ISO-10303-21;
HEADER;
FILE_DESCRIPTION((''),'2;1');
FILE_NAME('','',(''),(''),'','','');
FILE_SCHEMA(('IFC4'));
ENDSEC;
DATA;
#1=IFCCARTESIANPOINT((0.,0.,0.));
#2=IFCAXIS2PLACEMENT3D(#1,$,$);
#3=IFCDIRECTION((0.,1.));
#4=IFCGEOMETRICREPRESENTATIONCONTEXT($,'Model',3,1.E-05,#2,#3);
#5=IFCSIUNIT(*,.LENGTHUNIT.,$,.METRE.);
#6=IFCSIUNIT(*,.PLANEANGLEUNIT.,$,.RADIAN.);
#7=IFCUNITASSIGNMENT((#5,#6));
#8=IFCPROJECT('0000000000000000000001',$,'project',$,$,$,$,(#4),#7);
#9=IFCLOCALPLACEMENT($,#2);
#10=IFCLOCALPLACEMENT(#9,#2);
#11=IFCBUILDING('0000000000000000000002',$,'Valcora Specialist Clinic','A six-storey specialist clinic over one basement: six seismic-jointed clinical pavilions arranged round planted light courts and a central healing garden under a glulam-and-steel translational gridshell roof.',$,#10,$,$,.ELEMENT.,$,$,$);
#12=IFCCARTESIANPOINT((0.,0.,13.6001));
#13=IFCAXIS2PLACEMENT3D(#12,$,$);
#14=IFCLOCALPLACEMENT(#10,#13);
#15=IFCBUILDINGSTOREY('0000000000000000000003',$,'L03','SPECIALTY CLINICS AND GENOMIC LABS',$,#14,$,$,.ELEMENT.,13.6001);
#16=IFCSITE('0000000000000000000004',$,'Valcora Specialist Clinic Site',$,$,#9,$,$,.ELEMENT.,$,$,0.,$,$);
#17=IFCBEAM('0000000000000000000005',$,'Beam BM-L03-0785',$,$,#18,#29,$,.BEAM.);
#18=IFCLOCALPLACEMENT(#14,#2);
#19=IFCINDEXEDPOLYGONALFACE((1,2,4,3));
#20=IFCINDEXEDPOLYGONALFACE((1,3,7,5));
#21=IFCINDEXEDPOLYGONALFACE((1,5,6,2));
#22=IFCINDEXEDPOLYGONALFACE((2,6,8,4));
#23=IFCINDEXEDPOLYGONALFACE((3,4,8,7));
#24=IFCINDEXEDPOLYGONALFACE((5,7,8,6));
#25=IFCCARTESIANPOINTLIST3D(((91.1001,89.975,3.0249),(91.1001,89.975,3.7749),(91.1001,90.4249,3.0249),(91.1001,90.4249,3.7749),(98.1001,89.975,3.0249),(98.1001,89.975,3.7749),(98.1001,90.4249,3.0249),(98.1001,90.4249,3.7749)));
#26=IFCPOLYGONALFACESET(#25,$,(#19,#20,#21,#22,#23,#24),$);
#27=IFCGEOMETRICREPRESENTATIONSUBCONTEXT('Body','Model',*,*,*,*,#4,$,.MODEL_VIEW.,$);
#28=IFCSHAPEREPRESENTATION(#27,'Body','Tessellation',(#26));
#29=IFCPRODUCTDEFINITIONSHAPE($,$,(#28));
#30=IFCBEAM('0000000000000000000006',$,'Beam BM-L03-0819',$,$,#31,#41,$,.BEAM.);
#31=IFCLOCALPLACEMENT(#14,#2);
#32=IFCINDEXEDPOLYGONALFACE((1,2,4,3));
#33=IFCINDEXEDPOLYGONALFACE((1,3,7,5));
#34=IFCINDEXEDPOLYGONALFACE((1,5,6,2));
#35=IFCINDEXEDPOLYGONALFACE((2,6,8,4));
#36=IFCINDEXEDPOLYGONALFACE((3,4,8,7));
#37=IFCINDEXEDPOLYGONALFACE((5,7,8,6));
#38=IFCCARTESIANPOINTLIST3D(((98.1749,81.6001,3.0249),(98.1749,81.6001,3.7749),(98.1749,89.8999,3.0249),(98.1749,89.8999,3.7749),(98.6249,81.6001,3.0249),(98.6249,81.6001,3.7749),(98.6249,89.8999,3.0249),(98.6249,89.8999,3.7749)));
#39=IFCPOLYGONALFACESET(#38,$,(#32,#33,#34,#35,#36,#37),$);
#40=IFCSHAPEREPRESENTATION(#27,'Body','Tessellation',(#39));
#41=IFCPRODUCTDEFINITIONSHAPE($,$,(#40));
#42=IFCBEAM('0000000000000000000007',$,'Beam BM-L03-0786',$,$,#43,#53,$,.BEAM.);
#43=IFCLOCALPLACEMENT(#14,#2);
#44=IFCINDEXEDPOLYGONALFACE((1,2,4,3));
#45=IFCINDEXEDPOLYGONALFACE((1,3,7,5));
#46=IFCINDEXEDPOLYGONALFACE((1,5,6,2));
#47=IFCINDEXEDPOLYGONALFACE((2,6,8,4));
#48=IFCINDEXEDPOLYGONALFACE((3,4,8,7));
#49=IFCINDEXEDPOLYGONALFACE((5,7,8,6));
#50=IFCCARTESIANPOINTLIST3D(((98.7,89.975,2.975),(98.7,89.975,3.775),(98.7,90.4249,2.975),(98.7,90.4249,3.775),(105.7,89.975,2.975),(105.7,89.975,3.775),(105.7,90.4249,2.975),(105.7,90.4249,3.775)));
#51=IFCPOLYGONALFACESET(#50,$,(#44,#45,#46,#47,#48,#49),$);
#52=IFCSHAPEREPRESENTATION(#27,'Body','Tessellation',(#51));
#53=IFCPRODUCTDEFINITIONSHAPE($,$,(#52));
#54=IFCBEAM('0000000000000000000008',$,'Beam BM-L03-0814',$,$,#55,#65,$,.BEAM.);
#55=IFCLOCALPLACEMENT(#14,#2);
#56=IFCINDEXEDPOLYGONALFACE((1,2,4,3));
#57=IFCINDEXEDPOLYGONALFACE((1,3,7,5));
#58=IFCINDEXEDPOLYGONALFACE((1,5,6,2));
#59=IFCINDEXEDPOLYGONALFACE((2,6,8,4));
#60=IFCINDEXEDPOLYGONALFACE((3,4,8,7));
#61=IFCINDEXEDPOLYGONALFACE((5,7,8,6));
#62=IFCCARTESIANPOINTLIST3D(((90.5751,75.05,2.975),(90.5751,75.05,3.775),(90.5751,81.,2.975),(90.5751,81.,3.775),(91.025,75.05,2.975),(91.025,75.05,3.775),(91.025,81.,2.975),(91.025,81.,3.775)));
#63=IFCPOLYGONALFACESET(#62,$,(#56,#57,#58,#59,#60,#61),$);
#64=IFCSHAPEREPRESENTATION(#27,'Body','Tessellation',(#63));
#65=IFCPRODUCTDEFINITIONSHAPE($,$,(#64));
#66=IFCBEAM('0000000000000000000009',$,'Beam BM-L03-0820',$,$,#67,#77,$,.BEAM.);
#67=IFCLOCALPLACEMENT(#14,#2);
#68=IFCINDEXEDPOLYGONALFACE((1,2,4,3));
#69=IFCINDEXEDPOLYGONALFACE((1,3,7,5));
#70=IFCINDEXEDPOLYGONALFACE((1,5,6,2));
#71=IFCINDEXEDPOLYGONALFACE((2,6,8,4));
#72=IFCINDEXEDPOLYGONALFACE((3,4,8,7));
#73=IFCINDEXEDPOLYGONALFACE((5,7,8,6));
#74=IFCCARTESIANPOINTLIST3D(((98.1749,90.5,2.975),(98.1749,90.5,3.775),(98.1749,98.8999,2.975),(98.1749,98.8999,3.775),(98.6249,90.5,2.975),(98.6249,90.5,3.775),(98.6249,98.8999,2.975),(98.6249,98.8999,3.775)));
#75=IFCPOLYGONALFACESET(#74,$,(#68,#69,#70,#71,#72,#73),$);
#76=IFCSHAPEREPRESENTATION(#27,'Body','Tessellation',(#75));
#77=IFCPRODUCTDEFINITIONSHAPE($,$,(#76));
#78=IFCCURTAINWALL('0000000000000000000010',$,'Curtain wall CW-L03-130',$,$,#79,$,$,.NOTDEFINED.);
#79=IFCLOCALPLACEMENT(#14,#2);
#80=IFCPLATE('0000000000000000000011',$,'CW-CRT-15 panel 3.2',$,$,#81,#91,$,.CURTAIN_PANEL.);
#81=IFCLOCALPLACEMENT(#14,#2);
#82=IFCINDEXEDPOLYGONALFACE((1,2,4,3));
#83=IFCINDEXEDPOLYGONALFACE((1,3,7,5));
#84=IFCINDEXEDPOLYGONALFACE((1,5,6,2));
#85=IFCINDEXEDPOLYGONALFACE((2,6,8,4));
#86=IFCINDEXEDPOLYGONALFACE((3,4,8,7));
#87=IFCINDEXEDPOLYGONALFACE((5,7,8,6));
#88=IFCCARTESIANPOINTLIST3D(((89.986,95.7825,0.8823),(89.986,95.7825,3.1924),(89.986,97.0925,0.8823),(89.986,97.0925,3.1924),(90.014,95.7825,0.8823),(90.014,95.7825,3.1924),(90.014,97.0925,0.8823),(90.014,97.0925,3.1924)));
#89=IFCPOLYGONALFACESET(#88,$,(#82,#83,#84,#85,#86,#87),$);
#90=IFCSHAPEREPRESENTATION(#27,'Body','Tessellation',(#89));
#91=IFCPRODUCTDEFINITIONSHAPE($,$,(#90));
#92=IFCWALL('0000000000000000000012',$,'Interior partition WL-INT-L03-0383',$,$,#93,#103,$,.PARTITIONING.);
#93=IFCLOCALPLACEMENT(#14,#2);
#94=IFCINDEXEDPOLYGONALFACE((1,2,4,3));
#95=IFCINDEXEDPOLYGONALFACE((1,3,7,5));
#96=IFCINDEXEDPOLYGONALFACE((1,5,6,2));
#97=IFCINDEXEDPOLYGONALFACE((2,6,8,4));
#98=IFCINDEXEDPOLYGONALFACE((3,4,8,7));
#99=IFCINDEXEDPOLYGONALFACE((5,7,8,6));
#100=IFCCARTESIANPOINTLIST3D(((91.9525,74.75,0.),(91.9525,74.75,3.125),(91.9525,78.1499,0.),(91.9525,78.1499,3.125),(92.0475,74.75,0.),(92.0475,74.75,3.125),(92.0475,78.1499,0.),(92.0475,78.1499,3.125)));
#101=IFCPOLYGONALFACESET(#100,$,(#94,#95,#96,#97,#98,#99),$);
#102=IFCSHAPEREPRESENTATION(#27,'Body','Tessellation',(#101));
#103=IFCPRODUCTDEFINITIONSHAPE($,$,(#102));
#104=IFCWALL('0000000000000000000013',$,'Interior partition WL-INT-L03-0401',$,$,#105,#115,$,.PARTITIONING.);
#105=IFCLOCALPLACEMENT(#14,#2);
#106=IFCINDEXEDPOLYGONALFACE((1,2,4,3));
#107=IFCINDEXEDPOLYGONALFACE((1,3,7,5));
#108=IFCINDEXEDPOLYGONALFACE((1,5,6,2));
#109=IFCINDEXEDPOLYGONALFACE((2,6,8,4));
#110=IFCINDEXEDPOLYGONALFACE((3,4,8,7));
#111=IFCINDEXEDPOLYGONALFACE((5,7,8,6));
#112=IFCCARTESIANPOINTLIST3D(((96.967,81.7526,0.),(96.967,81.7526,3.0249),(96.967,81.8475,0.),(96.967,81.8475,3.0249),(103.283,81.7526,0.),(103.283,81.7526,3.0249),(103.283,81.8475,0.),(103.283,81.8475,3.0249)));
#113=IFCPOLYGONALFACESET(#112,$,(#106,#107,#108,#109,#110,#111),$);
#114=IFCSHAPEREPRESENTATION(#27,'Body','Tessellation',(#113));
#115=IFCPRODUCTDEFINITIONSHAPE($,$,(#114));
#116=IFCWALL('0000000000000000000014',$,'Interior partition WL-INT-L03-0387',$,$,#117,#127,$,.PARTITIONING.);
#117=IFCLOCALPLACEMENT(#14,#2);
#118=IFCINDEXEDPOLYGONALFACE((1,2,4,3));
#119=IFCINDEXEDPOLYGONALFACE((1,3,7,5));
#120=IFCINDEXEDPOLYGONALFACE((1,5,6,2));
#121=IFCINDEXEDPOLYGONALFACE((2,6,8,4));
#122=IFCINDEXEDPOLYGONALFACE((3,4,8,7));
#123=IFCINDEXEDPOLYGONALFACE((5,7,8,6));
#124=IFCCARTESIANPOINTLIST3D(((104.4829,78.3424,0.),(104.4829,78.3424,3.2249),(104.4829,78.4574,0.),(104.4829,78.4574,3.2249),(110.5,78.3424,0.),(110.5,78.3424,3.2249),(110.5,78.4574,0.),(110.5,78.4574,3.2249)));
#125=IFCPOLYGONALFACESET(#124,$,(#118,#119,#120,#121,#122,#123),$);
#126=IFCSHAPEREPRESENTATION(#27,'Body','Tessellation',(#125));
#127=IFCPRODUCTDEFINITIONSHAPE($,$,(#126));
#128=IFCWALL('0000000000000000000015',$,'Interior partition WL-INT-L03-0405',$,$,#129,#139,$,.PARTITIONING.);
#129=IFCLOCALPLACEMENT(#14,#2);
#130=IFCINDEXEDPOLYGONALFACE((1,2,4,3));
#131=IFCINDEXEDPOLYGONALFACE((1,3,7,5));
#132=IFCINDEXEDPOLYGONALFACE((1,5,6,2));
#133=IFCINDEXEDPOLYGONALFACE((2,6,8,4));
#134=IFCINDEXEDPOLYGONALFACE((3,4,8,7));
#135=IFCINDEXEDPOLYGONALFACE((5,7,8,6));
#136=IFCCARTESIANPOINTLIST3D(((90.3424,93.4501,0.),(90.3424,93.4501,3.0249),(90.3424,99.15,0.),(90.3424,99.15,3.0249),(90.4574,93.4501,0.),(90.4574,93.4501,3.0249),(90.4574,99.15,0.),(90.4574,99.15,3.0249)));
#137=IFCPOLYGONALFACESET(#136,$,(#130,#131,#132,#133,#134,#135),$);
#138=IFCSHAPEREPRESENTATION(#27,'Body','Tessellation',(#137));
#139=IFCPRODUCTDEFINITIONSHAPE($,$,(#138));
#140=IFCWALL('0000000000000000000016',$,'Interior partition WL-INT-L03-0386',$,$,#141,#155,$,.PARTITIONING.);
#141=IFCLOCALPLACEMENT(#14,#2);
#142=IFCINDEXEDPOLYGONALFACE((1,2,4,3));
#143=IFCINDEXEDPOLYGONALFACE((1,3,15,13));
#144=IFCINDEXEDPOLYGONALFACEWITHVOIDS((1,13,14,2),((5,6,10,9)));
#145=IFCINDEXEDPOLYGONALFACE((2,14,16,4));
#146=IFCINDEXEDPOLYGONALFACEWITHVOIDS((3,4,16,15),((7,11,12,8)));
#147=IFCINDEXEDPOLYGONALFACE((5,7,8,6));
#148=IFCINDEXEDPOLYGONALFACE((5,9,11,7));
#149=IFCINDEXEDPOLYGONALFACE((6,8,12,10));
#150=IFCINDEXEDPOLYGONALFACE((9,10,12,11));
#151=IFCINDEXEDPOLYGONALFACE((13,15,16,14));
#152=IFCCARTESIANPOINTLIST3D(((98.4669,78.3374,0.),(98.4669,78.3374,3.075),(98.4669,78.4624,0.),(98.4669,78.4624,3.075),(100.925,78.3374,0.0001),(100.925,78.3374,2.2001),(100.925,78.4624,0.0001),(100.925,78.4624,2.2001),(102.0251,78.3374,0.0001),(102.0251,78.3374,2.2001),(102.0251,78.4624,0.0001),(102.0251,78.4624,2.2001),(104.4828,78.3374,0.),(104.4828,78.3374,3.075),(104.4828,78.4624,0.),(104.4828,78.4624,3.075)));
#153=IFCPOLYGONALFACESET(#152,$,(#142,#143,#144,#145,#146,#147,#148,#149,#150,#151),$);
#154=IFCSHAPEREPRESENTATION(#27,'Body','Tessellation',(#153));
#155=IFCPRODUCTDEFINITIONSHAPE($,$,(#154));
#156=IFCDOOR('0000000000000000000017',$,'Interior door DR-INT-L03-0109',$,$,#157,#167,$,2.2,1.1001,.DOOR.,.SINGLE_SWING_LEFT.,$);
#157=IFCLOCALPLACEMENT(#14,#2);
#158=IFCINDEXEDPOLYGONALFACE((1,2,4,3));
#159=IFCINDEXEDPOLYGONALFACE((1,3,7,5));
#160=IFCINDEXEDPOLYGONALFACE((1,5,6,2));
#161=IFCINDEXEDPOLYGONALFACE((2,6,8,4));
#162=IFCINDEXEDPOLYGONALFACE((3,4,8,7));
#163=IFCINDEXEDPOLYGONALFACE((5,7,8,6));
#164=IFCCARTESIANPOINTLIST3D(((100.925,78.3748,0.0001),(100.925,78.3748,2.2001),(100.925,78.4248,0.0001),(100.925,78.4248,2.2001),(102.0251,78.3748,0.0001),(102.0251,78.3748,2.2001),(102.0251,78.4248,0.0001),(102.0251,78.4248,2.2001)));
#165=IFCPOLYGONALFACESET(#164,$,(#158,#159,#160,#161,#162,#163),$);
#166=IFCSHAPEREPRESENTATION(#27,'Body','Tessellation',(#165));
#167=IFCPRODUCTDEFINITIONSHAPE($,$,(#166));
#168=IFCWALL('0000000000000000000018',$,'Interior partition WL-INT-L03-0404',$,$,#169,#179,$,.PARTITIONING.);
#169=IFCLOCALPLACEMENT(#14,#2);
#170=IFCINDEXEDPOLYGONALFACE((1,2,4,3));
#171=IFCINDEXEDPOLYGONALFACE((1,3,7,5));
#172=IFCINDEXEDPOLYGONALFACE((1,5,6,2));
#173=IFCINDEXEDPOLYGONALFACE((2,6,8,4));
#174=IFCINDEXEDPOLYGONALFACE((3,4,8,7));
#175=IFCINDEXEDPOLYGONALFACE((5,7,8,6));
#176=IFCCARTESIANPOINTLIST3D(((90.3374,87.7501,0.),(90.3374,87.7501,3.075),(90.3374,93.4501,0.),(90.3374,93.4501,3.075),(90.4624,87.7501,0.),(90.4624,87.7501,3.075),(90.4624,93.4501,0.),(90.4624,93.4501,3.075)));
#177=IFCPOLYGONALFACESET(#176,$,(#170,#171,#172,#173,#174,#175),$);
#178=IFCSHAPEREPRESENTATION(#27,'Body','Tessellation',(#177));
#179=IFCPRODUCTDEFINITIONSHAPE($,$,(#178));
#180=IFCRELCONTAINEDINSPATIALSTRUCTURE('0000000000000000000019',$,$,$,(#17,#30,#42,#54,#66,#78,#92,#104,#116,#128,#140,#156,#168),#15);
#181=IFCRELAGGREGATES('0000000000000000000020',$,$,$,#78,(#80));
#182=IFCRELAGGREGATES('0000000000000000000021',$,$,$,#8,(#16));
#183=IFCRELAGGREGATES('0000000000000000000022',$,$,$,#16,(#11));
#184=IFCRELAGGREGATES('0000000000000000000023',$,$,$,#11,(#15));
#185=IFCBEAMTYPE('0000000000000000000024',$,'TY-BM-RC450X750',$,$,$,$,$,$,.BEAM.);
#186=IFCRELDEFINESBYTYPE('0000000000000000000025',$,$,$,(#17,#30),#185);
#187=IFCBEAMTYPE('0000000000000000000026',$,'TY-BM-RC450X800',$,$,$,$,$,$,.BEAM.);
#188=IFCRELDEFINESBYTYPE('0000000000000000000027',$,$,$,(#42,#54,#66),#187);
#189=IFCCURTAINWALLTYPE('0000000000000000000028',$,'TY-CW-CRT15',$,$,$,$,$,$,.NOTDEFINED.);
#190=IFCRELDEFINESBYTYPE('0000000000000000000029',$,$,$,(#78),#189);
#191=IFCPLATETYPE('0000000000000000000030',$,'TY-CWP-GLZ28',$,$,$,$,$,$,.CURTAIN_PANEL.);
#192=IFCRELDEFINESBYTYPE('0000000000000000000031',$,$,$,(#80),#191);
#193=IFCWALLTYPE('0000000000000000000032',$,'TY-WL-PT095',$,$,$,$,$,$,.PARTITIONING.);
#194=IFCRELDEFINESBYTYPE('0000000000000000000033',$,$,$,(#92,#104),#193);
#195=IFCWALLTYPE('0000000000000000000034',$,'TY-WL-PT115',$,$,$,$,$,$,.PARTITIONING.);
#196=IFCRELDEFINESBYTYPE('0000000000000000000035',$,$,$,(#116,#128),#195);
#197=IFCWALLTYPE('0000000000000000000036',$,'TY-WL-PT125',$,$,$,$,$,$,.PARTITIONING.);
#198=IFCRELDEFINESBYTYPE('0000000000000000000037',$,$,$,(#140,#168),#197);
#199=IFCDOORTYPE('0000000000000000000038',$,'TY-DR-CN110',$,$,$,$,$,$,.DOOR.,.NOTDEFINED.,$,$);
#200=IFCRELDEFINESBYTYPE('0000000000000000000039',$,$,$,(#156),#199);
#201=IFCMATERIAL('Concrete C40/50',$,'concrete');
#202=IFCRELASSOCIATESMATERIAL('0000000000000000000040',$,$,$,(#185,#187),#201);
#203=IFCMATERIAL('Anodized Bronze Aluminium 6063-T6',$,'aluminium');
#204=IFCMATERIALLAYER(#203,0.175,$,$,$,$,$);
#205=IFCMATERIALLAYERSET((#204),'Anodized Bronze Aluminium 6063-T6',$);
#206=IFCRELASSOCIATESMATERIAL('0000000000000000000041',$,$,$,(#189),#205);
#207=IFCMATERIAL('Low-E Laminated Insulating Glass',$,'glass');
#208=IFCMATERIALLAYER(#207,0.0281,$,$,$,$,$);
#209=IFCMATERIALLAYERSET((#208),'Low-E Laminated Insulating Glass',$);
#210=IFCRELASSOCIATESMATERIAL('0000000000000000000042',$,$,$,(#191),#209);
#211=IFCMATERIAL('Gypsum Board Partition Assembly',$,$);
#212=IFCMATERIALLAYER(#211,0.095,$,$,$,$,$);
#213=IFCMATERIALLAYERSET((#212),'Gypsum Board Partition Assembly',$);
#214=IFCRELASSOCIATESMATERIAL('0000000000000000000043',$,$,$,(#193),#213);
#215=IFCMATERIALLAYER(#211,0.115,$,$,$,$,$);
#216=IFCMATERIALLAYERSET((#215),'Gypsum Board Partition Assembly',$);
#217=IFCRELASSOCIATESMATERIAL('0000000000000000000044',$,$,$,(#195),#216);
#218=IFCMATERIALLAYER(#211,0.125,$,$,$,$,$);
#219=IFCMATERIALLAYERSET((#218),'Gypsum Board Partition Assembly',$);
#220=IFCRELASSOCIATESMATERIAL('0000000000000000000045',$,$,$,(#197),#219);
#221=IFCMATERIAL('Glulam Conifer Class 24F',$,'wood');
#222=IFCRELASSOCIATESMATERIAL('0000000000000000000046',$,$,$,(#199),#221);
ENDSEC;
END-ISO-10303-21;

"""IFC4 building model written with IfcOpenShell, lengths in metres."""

from ifc_helpers import new_model, si_unit, direction, frame, frame_2d, origin, origin_2d, place, context, subcontext, project, spatial, rectangle, extrude, material, layer, layer_set, material_profile, profile_set, type_object, element, fill, aggregate, save


model = new_model("IFC4")

# Units and contexts
model_context = context("Model", 3, precision=1e-05, world=origin(), true_north=direction((0.0, 1.0)))
body_context = subcontext(model_context, "Body", "Model", "MODEL_VIEW")
ifc_project = project(units=[si_unit("LENGTHUNIT", "METRE"), si_unit("PLANEANGLEUNIT", "RADIAN")], contexts=[model_context])

# Site, building, storey
site_placement = place(None, origin())
site = spatial("IfcSite", under=ifc_project, at=site_placement, Name="Valcora Specialist Clinic Site", CompositionType="ELEMENT", RefElevation=0.0)
building_placement = place(site_placement, origin())
building = spatial("IfcBuilding", under=site, at=building_placement, Name="Valcora Specialist Clinic", Description="A six-storey specialist clinic over one basement: six seismic-jointed clinical pavilions arranged round planted light courts and a central healing garden under a glulam-and-steel translational gridshell roof.", CompositionType="ELEMENT")
storey_placement = place(building_placement, frame((0.0, 0.0, 13.6001)))
storey = spatial("IfcBuildingStorey", under=building, at=storey_placement, Name="L03", Description="SPECIALTY CLINICS AND GENOMIC LABS", CompositionType="ELEMENT", Elevation=13.6001)

# Shared definitions
ifc_material_1 = material(Name="Concrete C40/50", Category="concrete")

# Beams
ifc_material_profile_1 = material_profile(ifc_material_1, rectangle(XDim=0.45, YDim=0.75, at=origin_2d()), Name="RC-BM-450X750")
ifc_profile_set_1 = profile_set([ifc_material_profile_1], Name="Concrete C40/50")
beam_type_1 = type_object("IfcBeamType", Name="TY-BM-RC450X750", PredefinedType="BEAM", material=ifc_profile_set_1)
for number, where, z_axis, x_axis, name in (
    (1, (91.1001, 90.2, 3.3999), (1.0, 0.0, 0.0), (0.0, 1.0, 0.0), "Beam BM-L03-0785"),
):
    element("IfcBeam", number, at=place(storey_placement, frame(where, z_axis=z_axis, x_axis=x_axis)), inside=storey, type_object=beam_type_1, Name=name, PredefinedType="BEAM", context=body_context, shape_type="SweptSolid", body=[
        extrude(rectangle(XDim=0.45, YDim=0.75, at=origin_2d()), origin(), (0.0, 0.0, 1.0), 7.0),
    ])
beam_1_placement = place(storey_placement, frame((98.3999, 81.6001, 3.3999), z_axis=(0.0, 1.0, 0.0), x_axis=(-1.0, 0.0, 0.0)))
element("IfcBeam", 2, at=beam_1_placement, inside=storey, type_object=beam_type_1, Name="Beam BM-L03-0819", PredefinedType="BEAM", context=body_context, shape_type="SweptSolid", body=[
    extrude(rectangle(XDim=0.45, YDim=0.75, at=origin_2d()), origin(), (0.0, 0.0, 1.0), 8.2998),
])
ifc_material_profile_2 = material_profile(ifc_material_1, rectangle(XDim=0.45, YDim=0.8, at=origin_2d()), Name="RC-BM-450X800")
ifc_profile_set_2 = profile_set([ifc_material_profile_2], Name="Concrete C40/50")
beam_type_2 = type_object("IfcBeamType", Name="TY-BM-RC450X800", PredefinedType="BEAM", material=ifc_profile_set_2)
beam_2_placement = place(storey_placement, frame((98.7, 90.2, 3.375), z_axis=(1.0, 0.0, 0.0), x_axis=(0.0, 1.0, 0.0)))
element("IfcBeam", 3, at=beam_2_placement, inside=storey, type_object=beam_type_2, Name="Beam BM-L03-0786", PredefinedType="BEAM", context=body_context, shape_type="SweptSolid", body=[
    extrude(rectangle(XDim=0.45, YDim=0.8, at=origin_2d()), origin(), (0.0, 0.0, 1.0), 7.0),
])
beam_3_placement = place(storey_placement, frame((90.8, 75.05, 3.375), z_axis=(0.0, 1.0, 0.0), x_axis=(-1.0, 0.0, 0.0)))
element("IfcBeam", 4, at=beam_3_placement, inside=storey, type_object=beam_type_2, Name="Beam BM-L03-0814", PredefinedType="BEAM", context=body_context, shape_type="SweptSolid", body=[
    extrude(rectangle(XDim=0.45, YDim=0.8, at=origin_2d()), origin(), (0.0, 0.0, 1.0), 5.95),
])
beam_4_placement = place(storey_placement, frame((98.3999, 90.5, 3.375), z_axis=(0.0, 1.0, 0.0), x_axis=(-1.0, 0.0, 0.0)))
element("IfcBeam", 5, at=beam_4_placement, inside=storey, type_object=beam_type_2, Name="Beam BM-L03-0820", PredefinedType="BEAM", context=body_context, shape_type="SweptSolid", body=[
    extrude(rectangle(XDim=0.45, YDim=0.8, at=origin_2d()), origin(), (0.0, 0.0, 1.0), 8.3999),
])

# Curtain wall, plate
ifc_material_2 = material(Name="Anodized Bronze Aluminium 6063-T6", Category="aluminium")
ifc_layer_1 = layer(ifc_material_2, 0.175)
ifc_layer_set_1 = layer_set([ifc_layer_1], Name="Anodized Bronze Aluminium 6063-T6")
curtain_wall_type = type_object("IfcCurtainWallType", Name="TY-CW-CRT15", PredefinedType="NOTDEFINED", material=ifc_layer_set_1)
curtain_wall_placement = place(storey_placement, origin())
curtain_wall = element("IfcCurtainWall", 6, at=curtain_wall_placement, inside=storey, type_object=curtain_wall_type, Name="Curtain wall CW-L03-130", PredefinedType="NOTDEFINED")
ifc_material_3 = material(Name="Low-E Laminated Insulating Glass", Category="glass")
ifc_layer_2 = layer(ifc_material_3, 0.0281)
ifc_layer_set_2 = layer_set([ifc_layer_2], Name="Low-E Laminated Insulating Glass")
plate_type = type_object("IfcPlateType", Name="TY-CWP-GLZ28", PredefinedType="CURTAIN_PANEL", material=ifc_layer_set_2)
plate_placement = place(storey_placement, frame((90.0, 96.4375, 0.8823), z_axis=(0.0, 0.0, 1.0), x_axis=(0.0, 1.0, 0.0)))
plate = element("IfcPlate", 7, at=plate_placement, type_object=plate_type, Name="CW-CRT-15 panel 3.2", PredefinedType="CURTAIN_PANEL", context=body_context, shape_type="SweptSolid", body=[
    extrude(rectangle(XDim=1.3101, YDim=0.0281, at=origin_2d()), origin(), (0.0, 0.0, 1.0), 2.3101),
])
aggregate(curtain_wall, [plate])

# Walls
ifc_material_4 = material(Name="Gypsum Board Partition Assembly")
ifc_layer_3 = layer(ifc_material_4, 0.095)
ifc_layer_set_3 = layer_set([ifc_layer_3], Name="Gypsum Board Partition Assembly")
wall_type_1 = type_object("IfcWallType", Name="TY-WL-PT095", PredefinedType="PARTITIONING", material=ifc_layer_set_3)
wall_1_placement = place(storey_placement, frame((92.0, 78.1499, 0.0), z_axis=(0.0, 0.0, 1.0), x_axis=(0.0, -1.0, 0.0)))
element("IfcWall", 8, at=wall_1_placement, inside=storey, type_object=wall_type_1, Name="Interior partition WL-INT-L03-0383", PredefinedType="PARTITIONING", context=body_context, shape_type="SweptSolid", body=[
    extrude(rectangle(XDim=3.3999, YDim=0.095, at=frame_2d((1.7, 0.0))), origin(), (0.0, 0.0, 1.0), 3.125),
])
wall_2_placement = place(storey_placement, frame((103.283, 81.8, 0.0), z_axis=(0.0, 0.0, 1.0), x_axis=(-1.0, 0.0, 0.0)))
element("IfcWall", 9, at=wall_2_placement, inside=storey, type_object=wall_type_1, Name="Interior partition WL-INT-L03-0401", PredefinedType="PARTITIONING", context=body_context, shape_type="SweptSolid", body=[
    extrude(rectangle(XDim=6.3159, YDim=0.095, at=frame_2d((3.158, 0.0))), origin(), (0.0, 0.0, 1.0), 3.0249),
])
ifc_layer_4 = layer(ifc_material_4, 0.115)
ifc_layer_set_4 = layer_set([ifc_layer_4], Name="Gypsum Board Partition Assembly")
wall_type_2 = type_object("IfcWallType", Name="TY-WL-PT115", PredefinedType="PARTITIONING", material=ifc_layer_set_4)
wall_3_placement = place(storey_placement, frame((104.4829, 78.3999, 0.0), z_axis=(0.0, 0.0, 1.0), x_axis=(1.0, 0.0, 0.0)))
element("IfcWall", 10, at=wall_3_placement, inside=storey, type_object=wall_type_2, Name="Interior partition WL-INT-L03-0387", PredefinedType="PARTITIONING", context=body_context, shape_type="SweptSolid", body=[
    extrude(rectangle(XDim=6.0171, YDim=0.115, at=frame_2d((3.0085, 0.0))), origin(), (0.0, 0.0, 1.0), 3.2249),
])
wall_4_placement = place(storey_placement, frame((90.3999, 93.45, 0.0), z_axis=(0.0, 0.0, 1.0), x_axis=(0.0, 1.0, 0.0)))
element("IfcWall", 11, at=wall_4_placement, inside=storey, type_object=wall_type_2, Name="Interior partition WL-INT-L03-0405", PredefinedType="PARTITIONING", context=body_context, shape_type="SweptSolid", body=[
    extrude(rectangle(XDim=5.7, YDim=0.115, at=frame_2d((2.8501, 0.0))), origin(), (0.0, 0.0, 1.0), 3.0249),
])

# Wall, opening, door
ifc_layer_5 = layer(ifc_material_4, 0.125)
ifc_layer_set_5 = layer_set([ifc_layer_5], Name="Gypsum Board Partition Assembly")
wall_type_3 = type_object("IfcWallType", Name="TY-WL-PT125", PredefinedType="PARTITIONING", material=ifc_layer_set_5)
wall_5_placement = place(storey_placement, frame((98.467, 78.3999, 0.0), z_axis=(0.0, 0.0, 1.0), x_axis=(1.0, 0.0, 0.0)))
wall_5 = element("IfcWall", 12, at=wall_5_placement, inside=storey, type_object=wall_type_3, Name="Interior partition WL-INT-L03-0386", PredefinedType="PARTITIONING", context=body_context, shape_type="SweptSolid", body=[
    extrude(rectangle(XDim=6.0159, YDim=0.125, at=frame_2d((3.0078, 0.0))), origin(), (0.0, 0.0, 1.0), 3.075),
])
opening_1_placement = place(wall_5_placement, frame((2.458, 0.0, 0.0)))
opening_1 = element("IfcOpeningElement", 13, at=opening_1_placement, cuts=wall_5, PredefinedType="OPENING", context=body_context, shape_type="SweptSolid", body=[
    extrude(rectangle(XDim=1.1001, YDim=2.2, at=frame_2d((0.55, 1.1001))), frame((0.0, 0.0725, 0.0), z_axis=(0.0, -1.0, 0.0), x_axis=(1.0, 0.0, 0.0)), (0.0, 0.0, 1.0), 0.145),
])
ifc_material_5 = material(Name="Glulam Conifer Class 24F", Category="wood")
door_type_1 = type_object("IfcDoorType", Name="TY-DR-CN110", OperationType="NOTDEFINED", PredefinedType="DOOR", material=ifc_material_5)
door_1_placement = place(opening_1_placement, origin())
door_1 = element("IfcDoor", 14, at=door_1_placement, inside=storey, type_object=door_type_1, Name="Interior door DR-INT-L03-0109", OperationType="SINGLE_SWING_LEFT", OverallHeight=2.2, OverallWidth=1.1001, PredefinedType="DOOR", context=body_context, shape_type="SweptSolid", body=[
    extrude(rectangle(XDim=1.1001, YDim=2.2, at=frame_2d((0.55, 1.1001))), frame((0.0, 0.0249, 0.0), z_axis=(0.0, -1.0, 0.0), x_axis=(1.0, 0.0, 0.0)), (0.0, 0.0, 1.0), 0.05),
])
fill(opening_1, door_1)

# Wall
wall_6_placement = place(storey_placement, frame((90.3999, 87.75, 0.0), z_axis=(0.0, 0.0, 1.0), x_axis=(0.0, 1.0, 0.0)))
element("IfcWall", 15, at=wall_6_placement, inside=storey, type_object=wall_type_3, Name="Interior partition WL-INT-L03-0404", PredefinedType="PARTITIONING", context=body_context, shape_type="SweptSolid", body=[
    extrude(rectangle(XDim=5.7, YDim=0.125, at=frame_2d((2.8501, 0.0))), origin(), (0.0, 0.0, 1.0), 3.075),
])

save(model, "model.ifc")
